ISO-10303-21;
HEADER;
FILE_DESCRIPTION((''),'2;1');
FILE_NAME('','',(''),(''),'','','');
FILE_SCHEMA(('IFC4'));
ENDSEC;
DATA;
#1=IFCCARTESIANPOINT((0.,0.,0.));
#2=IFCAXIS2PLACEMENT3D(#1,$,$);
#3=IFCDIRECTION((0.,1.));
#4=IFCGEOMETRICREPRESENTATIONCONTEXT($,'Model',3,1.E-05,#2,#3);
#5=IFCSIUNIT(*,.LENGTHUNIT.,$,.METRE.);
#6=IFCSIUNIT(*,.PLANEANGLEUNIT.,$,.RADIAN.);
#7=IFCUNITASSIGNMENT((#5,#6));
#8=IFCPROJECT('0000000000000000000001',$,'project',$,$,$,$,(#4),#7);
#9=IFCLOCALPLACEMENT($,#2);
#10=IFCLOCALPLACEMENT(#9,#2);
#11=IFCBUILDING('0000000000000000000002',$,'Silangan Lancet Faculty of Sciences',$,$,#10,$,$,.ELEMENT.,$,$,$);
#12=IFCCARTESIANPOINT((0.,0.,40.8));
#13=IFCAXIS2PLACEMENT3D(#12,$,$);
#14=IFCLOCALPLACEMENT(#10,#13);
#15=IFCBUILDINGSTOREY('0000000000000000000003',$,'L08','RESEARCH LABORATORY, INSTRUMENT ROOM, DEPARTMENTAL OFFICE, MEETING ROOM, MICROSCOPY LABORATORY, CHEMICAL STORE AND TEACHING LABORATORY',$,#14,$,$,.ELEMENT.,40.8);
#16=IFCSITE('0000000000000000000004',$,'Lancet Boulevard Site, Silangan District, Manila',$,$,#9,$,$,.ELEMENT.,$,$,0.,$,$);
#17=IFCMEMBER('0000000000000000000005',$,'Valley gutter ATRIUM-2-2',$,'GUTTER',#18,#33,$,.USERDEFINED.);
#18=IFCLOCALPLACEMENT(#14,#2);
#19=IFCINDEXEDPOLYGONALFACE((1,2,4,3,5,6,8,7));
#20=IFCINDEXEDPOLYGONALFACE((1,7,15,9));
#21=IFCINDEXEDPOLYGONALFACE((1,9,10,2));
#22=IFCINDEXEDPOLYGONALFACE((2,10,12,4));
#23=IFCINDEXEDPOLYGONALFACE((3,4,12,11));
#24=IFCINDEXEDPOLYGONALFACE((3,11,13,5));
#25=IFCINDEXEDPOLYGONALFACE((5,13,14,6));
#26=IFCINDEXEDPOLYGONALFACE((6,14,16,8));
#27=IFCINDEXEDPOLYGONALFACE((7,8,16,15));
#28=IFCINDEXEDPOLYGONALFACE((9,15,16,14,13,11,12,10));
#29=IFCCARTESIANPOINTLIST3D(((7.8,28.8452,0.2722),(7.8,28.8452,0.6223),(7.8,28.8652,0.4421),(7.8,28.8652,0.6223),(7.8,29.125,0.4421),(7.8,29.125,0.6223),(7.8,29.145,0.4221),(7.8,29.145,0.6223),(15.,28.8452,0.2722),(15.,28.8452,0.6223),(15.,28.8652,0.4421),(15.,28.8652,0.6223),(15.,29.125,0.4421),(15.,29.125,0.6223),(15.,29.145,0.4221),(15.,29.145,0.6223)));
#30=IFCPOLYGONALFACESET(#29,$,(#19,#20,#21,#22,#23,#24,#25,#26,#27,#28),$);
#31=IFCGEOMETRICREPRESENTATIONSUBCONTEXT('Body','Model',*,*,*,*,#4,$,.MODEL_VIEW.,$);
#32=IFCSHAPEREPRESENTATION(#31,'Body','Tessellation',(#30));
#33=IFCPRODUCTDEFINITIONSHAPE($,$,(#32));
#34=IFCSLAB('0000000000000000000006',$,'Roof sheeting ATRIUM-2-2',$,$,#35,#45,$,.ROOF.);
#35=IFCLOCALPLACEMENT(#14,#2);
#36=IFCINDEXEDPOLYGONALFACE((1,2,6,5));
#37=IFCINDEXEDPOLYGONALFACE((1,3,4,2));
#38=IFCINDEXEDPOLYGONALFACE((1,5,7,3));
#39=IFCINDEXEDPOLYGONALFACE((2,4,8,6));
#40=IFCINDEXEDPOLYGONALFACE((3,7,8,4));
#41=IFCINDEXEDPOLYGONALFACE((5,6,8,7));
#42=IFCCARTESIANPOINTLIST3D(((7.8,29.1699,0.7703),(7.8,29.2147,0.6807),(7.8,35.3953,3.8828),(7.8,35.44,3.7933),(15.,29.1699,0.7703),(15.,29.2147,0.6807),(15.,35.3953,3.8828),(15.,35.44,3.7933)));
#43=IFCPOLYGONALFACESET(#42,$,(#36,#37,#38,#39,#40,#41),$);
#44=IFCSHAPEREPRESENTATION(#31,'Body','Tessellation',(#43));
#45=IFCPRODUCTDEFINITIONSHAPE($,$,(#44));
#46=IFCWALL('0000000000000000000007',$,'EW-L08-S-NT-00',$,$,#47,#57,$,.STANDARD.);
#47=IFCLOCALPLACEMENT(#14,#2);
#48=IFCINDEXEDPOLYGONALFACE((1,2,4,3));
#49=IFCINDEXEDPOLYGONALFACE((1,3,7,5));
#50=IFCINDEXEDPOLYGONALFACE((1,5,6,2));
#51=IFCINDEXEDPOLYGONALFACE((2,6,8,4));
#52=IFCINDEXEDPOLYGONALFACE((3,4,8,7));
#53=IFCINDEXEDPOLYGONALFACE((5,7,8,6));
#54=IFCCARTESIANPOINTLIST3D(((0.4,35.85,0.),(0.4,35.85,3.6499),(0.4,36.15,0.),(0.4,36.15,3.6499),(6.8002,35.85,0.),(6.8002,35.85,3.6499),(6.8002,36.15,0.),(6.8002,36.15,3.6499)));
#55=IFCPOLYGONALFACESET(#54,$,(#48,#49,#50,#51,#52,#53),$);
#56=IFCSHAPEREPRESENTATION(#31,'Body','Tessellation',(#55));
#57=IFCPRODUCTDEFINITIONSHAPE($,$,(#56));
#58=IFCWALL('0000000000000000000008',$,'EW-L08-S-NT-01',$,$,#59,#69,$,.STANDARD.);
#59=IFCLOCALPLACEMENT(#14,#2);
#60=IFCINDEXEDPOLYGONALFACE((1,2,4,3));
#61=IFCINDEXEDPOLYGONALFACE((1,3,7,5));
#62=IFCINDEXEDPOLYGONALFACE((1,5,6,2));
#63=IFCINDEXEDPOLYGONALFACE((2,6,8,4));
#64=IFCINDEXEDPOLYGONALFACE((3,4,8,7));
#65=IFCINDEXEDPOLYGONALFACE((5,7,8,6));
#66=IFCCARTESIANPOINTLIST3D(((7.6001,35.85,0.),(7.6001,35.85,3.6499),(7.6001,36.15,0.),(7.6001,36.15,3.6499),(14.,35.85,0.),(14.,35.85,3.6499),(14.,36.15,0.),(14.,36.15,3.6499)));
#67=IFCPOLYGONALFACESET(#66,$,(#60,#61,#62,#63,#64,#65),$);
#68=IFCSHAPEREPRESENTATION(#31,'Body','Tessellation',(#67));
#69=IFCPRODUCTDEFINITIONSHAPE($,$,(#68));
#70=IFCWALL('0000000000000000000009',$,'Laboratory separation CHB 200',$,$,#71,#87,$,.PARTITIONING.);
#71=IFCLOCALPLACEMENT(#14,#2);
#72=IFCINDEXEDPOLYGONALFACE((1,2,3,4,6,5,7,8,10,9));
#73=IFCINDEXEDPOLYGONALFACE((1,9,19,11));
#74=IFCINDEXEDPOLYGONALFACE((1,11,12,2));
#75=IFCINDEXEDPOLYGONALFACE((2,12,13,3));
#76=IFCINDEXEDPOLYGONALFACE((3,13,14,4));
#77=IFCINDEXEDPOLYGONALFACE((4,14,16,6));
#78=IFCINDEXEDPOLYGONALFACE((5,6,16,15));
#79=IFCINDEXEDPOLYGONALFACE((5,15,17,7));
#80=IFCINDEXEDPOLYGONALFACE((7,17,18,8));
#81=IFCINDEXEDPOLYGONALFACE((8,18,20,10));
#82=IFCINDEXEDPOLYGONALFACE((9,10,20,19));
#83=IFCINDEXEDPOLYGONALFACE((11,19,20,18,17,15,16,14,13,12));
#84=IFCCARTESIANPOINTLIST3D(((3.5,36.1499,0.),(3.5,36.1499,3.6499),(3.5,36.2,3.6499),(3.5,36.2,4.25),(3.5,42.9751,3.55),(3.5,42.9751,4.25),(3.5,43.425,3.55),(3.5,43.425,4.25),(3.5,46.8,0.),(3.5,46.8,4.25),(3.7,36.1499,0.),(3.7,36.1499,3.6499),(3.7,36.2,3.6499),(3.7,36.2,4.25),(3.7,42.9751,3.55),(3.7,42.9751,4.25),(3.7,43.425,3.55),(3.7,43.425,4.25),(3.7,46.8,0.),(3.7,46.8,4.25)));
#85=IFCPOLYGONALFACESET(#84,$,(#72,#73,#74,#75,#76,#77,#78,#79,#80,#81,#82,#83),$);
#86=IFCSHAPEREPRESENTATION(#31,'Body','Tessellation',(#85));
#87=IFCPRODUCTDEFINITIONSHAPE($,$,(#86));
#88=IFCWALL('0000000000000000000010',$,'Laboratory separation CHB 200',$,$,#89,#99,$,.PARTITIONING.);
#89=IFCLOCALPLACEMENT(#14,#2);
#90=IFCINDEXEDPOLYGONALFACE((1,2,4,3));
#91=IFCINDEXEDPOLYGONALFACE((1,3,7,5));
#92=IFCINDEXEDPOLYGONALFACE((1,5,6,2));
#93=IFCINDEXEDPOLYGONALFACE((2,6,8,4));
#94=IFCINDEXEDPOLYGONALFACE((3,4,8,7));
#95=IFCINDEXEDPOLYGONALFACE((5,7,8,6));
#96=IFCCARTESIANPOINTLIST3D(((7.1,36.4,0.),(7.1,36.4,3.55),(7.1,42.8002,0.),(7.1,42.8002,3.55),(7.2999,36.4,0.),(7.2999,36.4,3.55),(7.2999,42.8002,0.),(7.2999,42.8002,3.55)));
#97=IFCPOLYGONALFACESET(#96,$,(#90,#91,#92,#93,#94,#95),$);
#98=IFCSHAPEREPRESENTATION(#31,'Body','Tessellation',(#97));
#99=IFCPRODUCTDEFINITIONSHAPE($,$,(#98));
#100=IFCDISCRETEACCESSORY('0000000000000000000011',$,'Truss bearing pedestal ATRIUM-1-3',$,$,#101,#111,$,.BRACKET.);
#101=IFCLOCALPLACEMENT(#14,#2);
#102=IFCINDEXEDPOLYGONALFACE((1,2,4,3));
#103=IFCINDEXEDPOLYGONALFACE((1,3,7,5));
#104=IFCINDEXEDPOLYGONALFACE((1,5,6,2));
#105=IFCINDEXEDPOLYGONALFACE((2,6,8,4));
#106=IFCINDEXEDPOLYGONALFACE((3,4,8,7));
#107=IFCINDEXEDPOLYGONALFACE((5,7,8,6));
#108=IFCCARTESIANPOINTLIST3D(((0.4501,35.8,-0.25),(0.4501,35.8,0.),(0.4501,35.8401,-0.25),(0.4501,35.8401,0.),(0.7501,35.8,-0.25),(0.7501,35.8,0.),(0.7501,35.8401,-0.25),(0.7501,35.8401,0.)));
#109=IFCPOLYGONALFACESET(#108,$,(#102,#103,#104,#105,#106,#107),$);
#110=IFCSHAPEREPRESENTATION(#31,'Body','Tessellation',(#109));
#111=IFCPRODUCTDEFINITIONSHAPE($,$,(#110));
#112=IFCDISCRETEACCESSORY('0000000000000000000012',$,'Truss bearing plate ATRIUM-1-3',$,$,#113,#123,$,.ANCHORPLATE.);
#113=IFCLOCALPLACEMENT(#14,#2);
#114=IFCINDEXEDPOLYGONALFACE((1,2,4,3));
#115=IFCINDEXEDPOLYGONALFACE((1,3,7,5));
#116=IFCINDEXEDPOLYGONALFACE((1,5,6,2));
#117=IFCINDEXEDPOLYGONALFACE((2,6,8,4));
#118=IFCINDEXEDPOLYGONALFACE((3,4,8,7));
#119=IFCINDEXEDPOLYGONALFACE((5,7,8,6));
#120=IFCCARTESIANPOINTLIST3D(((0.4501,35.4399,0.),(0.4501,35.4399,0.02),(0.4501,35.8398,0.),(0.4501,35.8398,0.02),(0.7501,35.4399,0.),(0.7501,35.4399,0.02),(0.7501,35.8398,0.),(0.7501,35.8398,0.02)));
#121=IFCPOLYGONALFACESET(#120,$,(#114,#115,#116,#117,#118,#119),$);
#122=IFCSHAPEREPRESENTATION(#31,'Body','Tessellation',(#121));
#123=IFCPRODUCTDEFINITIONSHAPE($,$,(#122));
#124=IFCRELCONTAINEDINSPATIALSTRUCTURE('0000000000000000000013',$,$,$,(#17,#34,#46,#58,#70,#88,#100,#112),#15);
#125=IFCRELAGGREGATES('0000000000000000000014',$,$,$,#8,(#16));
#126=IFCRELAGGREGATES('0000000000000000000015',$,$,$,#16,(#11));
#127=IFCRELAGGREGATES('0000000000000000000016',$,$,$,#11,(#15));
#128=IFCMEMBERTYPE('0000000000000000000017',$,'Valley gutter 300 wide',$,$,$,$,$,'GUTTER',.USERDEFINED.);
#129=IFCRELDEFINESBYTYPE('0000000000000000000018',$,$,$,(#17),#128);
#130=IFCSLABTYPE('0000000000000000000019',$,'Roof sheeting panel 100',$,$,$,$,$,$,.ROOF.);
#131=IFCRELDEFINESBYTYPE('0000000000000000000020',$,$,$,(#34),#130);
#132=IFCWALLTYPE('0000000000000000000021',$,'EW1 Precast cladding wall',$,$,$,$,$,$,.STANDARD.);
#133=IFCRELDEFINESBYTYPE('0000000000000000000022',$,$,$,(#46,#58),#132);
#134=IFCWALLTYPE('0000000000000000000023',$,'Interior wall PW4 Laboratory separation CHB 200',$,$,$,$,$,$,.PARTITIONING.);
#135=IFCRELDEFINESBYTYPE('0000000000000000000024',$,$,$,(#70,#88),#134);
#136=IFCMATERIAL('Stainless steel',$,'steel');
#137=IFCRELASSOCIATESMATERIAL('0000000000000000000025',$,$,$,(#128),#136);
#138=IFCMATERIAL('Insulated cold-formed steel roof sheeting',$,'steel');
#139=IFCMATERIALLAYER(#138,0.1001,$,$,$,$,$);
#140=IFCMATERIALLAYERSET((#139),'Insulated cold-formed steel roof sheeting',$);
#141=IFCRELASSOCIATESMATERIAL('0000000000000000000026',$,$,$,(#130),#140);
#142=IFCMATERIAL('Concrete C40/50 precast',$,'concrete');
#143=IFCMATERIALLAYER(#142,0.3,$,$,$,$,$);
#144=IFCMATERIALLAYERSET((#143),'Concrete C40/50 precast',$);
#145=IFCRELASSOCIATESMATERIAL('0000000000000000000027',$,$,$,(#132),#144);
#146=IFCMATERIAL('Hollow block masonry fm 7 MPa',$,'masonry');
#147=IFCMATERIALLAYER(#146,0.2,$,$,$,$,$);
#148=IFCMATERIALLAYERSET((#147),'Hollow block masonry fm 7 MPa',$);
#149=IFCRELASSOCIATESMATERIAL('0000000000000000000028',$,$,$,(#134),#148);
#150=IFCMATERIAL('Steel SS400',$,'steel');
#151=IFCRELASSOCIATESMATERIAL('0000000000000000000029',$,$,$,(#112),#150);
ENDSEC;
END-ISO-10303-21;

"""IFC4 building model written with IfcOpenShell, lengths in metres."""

from ifc_helpers import new_model, si_unit, direction, frame, frame_2d, origin, origin_2d, place, context, subcontext, project, spatial, polyline, rectangle, outline, extrude, material, layer, layer_set, material_profile, profile_set, type_object, element, save


model = new_model("IFC4")

# Units and contexts
model_context = context("Model", 3, precision=1e-05, world=origin(), true_north=direction((0.0, 1.0)))
body_context = subcontext(model_context, "Body", "Model", "MODEL_VIEW")
ifc_project = project(units=[si_unit("LENGTHUNIT", "METRE"), si_unit("PLANEANGLEUNIT", "RADIAN")], contexts=[model_context])

# Site, building, storey
site_placement = place(None, origin())
site = spatial("IfcSite", under=ifc_project, at=site_placement, Name="Lancet Boulevard Site, Silangan District, Manila", CompositionType="ELEMENT", RefElevation=0.0)
building_placement = place(site_placement, origin())
building = spatial("IfcBuilding", under=site, at=building_placement, Name="Silangan Lancet Faculty of Sciences", CompositionType="ELEMENT")
storey_placement = place(building_placement, frame((0.0, 0.0, 40.8)))
storey = spatial("IfcBuildingStorey", under=building, at=storey_placement, Name="L08", Description="RESEARCH LABORATORY, INSTRUMENT ROOM, DEPARTMENTAL OFFICE, MEETING ROOM, MICROSCOPY LABORATORY, CHEMICAL STORE AND TEACHING LABORATORY", CompositionType="ELEMENT", Elevation=40.8)

# Member
ifc_material_1 = material(Name="Stainless steel", Category="steel")
ifc_material_profile_1 = material_profile(ifc_material_1, outline(polyline([(-0.1499, 0.0), (0.1499, 0.1499), (0.1499, 0.3501), (0.1299, 0.3501), (0.1299, 0.1699), (-0.1299, 0.1699), (-0.1299, 0.3501), (-0.1499, 0.3501), (-0.1499, 0.0)])), Name="valley gutter")
ifc_profile_set_1 = profile_set([ifc_material_profile_1], Name="Stainless steel")
member_type_1 = type_object("IfcMemberType", Name="Valley gutter 300 wide", ElementType="GUTTER", PredefinedType="USERDEFINED", material=ifc_profile_set_1)
member_1_placement = place(storey_placement, frame((7.8, 28.9951, 0.2722), z_axis=(1.0, 0.0, 0.0), x_axis=(0.0, 1.0, 0.0)))
element("IfcMember", 1, at=member_1_placement, inside=storey, type_object=member_type_1, Name="Valley gutter ATRIUM-2-2", ObjectType="GUTTER", PredefinedType="USERDEFINED", context=body_context, shape_type="SweptSolid", body=[
    extrude(outline(polyline([(-0.1499, 0.0), (0.1499, 0.1499), (0.1499, 0.3501), (0.1299, 0.3501), (0.1299, 0.1699), (-0.1299, 0.1699), (-0.1299, 0.3501), (-0.1499, 0.3501), (-0.1499, 0.0)])), origin(), (0.0, 0.0, 1.0), 7.2),
])

# Slab
ifc_material_2 = material(Name="Insulated cold-formed steel roof sheeting", Category="steel")
ifc_layer_1 = layer(ifc_material_2, 0.1001)
ifc_layer_set_1 = layer_set([ifc_layer_1], Name="Insulated cold-formed steel roof sheeting")
slab_type = type_object("IfcSlabType", Name="Roof sheeting panel 100", PredefinedType="ROOF", material=ifc_layer_set_1)
slab_placement = place(storey_placement, frame((7.8, 29.1699, 0.7703), z_axis=(0.0, -0.4472, 0.894434), x_axis=(1.0, 0.0, 0.0)))
element("IfcSlab", 2, at=slab_placement, inside=storey, type_object=slab_type, Name="Roof sheeting ATRIUM-2-2", PredefinedType="ROOF", context=body_context, shape_type="SweptSolid", body=[
    extrude(outline(polyline([(0.0, 0.0), (7.2, 0.0), (7.2, 6.9601), (0.0, 6.9601), (0.0, 0.0)])), origin(), (0.0, 0.0, -1.0), 0.1001),
])

# Walls
ifc_material_3 = material(Name="Concrete C40/50 precast", Category="concrete")
ifc_layer_2 = layer(ifc_material_3, 0.3)
ifc_layer_set_2 = layer_set([ifc_layer_2], Name="Concrete C40/50 precast")
wall_type_1 = type_object("IfcWallType", Name="EW1 Precast cladding wall", PredefinedType="STANDARD", material=ifc_layer_set_2)
wall_1_placement = place(storey_placement, frame((0.3999, 36.0, 0.0), z_axis=(0.0, 0.0, 1.0), x_axis=(1.0, 0.0, 0.0)))
element("IfcWall", 3, at=wall_1_placement, inside=storey, type_object=wall_type_1, Name="EW-L08-S-NT-00", PredefinedType="STANDARD", context=body_context, shape_type="SweptSolid", body=[
    extrude(rectangle(XDim=6.4001, YDim=0.3, at=frame_2d((3.2002, 0.0))), origin(), (0.0, 0.0, 1.0), 3.6499),
])
wall_2_placement = place(storey_placement, frame((7.6001, 36.0, 0.0), z_axis=(0.0, 0.0, 1.0), x_axis=(1.0, 0.0, 0.0)))
element("IfcWall", 4, at=wall_2_placement, inside=storey, type_object=wall_type_1, Name="EW-L08-S-NT-01", PredefinedType="STANDARD", context=body_context, shape_type="SweptSolid", body=[
    extrude(rectangle(XDim=6.3999, YDim=0.3, at=frame_2d((3.2, 0.0))), origin(), (0.0, 0.0, 1.0), 3.6499),
])
ifc_material_4 = material(Name="Hollow block masonry fm 7 MPa", Category="masonry")
ifc_layer_3 = layer(ifc_material_4, 0.2)
ifc_layer_set_3 = layer_set([ifc_layer_3], Name="Hollow block masonry fm 7 MPa")
wall_type_2 = type_object("IfcWallType", Name="Interior wall PW4 Laboratory separation CHB 200", PredefinedType="PARTITIONING", material=ifc_layer_set_3)
wall_3_placement = place(storey_placement, frame((3.6001, 36.1499, 0.0), z_axis=(0.0, 0.0, 1.0), x_axis=(0.0, 1.0, 0.0)))
element("IfcWall", 5, at=wall_3_placement, inside=storey, type_object=wall_type_2, Name="Laboratory separation CHB 200", PredefinedType="PARTITIONING", context=body_context, shape_type="SweptSolid", body=[
    extrude(outline(polyline([(0.0, 0.0), (10.6501, 0.0), (10.6501, 4.25), (7.2751, 4.25), (7.2751, 3.55), (6.8252, 3.55), (6.8252, 4.25), (0.05, 4.25), (0.05, 3.6499), (0.0, 3.6499), (0.0, 0.0)])), frame((0.0, 0.1001, 0.0), z_axis=(0.0, -1.0, 0.0), x_axis=(1.0, 0.0, 0.0)), (0.0, 0.0, 1.0), 0.2),
])
wall_4_placement = place(storey_placement, frame((7.2, 36.3999, 0.0), z_axis=(0.0, 0.0, 1.0), x_axis=(0.0, 1.0, 0.0)))
element("IfcWall", 6, at=wall_4_placement, inside=storey, type_object=wall_type_2, Name="Laboratory separation CHB 200", PredefinedType="PARTITIONING", context=body_context, shape_type="SweptSolid", body=[
    extrude(rectangle(XDim=6.4001, YDim=0.2, at=frame_2d((3.2002, 0.0))), origin(), (0.0, 0.0, 1.0), 3.55),
])

# Discrete accessories
discrete_accessory_1_placement = place(storey_placement, frame((0.6001, 35.8201, -0.25), z_axis=(0.0, 0.0, 1.0), x_axis=(1.0, 0.0, 0.0)))
element("IfcDiscreteAccessory", 7, at=discrete_accessory_1_placement, inside=storey, Name="Truss bearing pedestal ATRIUM-1-3", PredefinedType="BRACKET", context=body_context, shape_type="SweptSolid", body=[
    extrude(rectangle(XDim=0.3, YDim=0.04, at=origin_2d()), origin(), (0.0, 0.0, 1.0), 0.25),
])
ifc_material_5 = material(Name="Steel SS400", Category="steel")
discrete_accessory_2_placement = place(storey_placement, frame((0.6001, 35.6399, 0.0), z_axis=(0.0, 0.0, 1.0), x_axis=(1.0, 0.0, 0.0)))
element("IfcDiscreteAccessory", 8, at=discrete_accessory_2_placement, inside=storey, material=ifc_material_5, Name="Truss bearing plate ATRIUM-1-3", PredefinedType="ANCHORPLATE", context=body_context, shape_type="SweptSolid", body=[
    extrude(rectangle(XDim=0.3, YDim=0.3999, at=origin_2d()), origin(), (0.0, 0.0, 1.0), 0.02),
])

save(model, "model.ifc")
